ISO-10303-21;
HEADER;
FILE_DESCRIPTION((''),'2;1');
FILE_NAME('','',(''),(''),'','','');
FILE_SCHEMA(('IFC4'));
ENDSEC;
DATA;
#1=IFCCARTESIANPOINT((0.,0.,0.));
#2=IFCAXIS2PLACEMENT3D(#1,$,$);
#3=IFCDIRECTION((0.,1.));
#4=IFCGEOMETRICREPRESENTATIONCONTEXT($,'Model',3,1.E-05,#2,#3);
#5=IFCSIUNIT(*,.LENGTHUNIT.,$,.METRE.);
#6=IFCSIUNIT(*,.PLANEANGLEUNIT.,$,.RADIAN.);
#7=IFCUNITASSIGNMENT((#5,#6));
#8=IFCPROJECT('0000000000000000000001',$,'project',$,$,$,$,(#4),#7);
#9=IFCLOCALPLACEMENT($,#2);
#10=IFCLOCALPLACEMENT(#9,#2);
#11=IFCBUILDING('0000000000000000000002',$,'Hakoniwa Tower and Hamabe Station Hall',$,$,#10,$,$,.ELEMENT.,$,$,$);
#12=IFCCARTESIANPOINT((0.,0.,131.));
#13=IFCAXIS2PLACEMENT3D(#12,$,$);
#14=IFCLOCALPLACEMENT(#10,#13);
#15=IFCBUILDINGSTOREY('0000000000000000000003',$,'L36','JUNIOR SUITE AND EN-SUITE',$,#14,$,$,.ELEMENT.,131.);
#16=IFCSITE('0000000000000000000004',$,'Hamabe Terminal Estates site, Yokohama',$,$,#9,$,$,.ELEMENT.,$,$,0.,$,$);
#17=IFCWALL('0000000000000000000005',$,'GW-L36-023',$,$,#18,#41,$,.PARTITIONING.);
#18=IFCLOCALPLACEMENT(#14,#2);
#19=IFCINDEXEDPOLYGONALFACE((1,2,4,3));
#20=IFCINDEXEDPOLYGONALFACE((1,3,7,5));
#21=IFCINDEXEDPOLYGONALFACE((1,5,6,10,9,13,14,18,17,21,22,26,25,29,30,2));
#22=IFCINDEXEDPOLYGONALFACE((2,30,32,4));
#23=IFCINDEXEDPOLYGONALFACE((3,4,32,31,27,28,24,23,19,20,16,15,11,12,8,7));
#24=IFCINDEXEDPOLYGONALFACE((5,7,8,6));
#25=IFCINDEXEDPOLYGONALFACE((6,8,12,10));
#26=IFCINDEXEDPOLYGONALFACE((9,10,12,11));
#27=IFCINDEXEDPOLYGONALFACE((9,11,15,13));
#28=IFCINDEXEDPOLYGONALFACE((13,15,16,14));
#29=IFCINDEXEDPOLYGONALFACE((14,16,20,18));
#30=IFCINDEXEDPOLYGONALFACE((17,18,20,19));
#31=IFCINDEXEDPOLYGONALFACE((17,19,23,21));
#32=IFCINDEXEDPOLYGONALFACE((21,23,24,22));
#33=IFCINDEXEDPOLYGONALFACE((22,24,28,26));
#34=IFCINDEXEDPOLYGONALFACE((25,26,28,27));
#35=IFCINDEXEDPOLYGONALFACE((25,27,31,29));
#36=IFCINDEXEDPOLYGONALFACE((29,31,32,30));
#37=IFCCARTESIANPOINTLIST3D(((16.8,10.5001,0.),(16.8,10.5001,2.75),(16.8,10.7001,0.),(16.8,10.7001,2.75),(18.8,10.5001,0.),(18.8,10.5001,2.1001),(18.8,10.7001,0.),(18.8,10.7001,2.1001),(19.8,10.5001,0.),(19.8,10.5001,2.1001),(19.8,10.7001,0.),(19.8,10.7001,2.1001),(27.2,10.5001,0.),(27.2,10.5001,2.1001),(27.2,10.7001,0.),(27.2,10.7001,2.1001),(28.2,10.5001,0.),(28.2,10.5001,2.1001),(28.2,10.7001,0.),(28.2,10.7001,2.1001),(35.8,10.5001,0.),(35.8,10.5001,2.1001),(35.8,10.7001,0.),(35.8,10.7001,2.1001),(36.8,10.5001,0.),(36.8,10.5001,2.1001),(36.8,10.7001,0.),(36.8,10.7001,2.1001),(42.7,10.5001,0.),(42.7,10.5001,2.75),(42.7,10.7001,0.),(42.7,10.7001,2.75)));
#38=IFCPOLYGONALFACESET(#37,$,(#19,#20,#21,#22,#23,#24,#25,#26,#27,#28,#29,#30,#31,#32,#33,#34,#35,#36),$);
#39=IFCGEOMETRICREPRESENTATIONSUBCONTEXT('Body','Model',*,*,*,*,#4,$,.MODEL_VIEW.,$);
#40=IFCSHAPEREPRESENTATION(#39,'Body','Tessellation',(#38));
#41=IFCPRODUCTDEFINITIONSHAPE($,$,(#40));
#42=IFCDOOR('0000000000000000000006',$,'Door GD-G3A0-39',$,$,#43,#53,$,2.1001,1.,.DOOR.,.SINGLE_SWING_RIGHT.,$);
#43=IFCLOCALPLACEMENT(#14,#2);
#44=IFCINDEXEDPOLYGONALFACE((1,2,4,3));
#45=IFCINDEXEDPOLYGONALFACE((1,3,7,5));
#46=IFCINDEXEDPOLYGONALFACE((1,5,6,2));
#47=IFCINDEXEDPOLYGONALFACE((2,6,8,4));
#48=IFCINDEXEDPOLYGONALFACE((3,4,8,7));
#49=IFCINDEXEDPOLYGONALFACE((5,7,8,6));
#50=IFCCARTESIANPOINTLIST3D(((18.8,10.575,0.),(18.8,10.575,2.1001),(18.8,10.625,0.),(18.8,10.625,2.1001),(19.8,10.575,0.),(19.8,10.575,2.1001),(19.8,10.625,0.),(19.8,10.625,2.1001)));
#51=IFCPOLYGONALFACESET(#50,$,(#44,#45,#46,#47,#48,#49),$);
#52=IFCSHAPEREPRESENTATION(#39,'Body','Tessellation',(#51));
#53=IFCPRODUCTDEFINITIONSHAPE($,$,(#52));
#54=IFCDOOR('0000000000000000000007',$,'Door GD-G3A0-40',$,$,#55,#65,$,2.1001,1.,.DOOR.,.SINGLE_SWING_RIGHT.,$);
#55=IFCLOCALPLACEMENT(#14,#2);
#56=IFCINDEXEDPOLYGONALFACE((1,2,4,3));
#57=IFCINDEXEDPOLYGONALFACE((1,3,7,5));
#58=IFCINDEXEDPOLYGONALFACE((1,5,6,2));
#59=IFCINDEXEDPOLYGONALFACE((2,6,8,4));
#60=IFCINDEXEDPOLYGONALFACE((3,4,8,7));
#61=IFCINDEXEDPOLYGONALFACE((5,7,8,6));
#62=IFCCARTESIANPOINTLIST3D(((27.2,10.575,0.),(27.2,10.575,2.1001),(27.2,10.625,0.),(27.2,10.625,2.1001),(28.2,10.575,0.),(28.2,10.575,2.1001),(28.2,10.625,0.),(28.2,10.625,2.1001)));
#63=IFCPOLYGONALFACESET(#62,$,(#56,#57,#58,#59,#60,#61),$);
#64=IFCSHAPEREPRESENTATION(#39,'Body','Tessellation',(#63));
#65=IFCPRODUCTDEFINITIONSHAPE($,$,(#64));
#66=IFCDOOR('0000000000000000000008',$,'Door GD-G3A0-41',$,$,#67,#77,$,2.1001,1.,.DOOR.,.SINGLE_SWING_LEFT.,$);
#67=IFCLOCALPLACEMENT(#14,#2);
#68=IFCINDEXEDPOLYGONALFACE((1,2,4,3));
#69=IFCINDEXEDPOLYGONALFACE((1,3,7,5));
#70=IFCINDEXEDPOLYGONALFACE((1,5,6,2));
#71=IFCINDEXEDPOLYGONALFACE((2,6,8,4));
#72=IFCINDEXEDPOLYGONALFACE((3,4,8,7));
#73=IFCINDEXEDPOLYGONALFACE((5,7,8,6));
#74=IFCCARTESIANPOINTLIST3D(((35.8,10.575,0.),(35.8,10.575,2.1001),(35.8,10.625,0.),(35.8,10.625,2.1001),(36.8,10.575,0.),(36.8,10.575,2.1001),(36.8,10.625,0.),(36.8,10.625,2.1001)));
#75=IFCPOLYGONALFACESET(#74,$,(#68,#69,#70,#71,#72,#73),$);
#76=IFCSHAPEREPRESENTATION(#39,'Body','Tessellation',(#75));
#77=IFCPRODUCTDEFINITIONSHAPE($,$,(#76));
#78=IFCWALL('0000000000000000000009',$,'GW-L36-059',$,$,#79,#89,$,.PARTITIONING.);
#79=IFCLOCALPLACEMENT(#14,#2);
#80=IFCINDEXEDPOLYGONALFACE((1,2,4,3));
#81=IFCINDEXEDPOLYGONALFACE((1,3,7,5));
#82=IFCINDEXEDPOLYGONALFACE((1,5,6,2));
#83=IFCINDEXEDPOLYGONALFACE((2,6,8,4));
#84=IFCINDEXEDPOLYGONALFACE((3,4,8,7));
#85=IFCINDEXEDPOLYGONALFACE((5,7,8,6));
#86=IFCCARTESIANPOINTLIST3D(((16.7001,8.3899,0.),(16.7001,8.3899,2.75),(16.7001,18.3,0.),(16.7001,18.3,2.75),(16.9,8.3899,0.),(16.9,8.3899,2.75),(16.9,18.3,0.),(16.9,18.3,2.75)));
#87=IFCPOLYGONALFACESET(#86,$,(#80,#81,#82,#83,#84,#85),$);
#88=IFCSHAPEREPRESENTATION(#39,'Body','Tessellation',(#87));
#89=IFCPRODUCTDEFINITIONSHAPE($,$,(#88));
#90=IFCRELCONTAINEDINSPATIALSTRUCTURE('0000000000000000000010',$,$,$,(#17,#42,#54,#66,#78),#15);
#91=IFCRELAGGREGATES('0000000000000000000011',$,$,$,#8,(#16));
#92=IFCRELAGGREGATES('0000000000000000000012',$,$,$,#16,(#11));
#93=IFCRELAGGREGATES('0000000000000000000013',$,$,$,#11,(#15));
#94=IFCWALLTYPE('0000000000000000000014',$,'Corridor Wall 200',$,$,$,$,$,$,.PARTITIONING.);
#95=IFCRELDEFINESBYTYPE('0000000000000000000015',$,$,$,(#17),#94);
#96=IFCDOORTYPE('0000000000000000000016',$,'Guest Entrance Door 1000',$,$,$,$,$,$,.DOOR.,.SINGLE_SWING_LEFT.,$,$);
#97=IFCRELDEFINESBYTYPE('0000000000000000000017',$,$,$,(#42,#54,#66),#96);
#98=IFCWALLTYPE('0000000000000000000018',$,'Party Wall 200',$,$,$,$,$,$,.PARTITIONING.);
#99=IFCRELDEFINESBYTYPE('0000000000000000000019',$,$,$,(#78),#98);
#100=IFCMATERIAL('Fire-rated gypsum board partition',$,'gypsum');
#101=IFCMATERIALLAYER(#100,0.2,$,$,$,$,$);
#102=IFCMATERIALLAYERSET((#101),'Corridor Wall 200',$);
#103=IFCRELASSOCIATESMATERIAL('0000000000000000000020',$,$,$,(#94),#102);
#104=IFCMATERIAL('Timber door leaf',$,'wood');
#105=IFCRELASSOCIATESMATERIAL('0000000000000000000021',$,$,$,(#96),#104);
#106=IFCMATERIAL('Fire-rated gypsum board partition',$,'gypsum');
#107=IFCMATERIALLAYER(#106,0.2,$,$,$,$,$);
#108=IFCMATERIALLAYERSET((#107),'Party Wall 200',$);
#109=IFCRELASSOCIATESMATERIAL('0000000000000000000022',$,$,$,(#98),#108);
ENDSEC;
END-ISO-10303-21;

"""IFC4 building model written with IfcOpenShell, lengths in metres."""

from ifc_helpers import new_model, si_unit, direction, frame, frame_2d, origin, place, context, subcontext, project, spatial, rectangle, extrude, material, layer, layer_set, type_object, element, fill, save


model = new_model("IFC4")

# Units and contexts
model_context = context("Model", 3, precision=1e-05, world=origin(), true_north=direction((0.0, 1.0)))
body_context = subcontext(model_context, "Body", "Model", "MODEL_VIEW")
ifc_project = project(units=[si_unit("LENGTHUNIT", "METRE"), si_unit("PLANEANGLEUNIT", "RADIAN")], contexts=[model_context])

# Site, building, storey
site_placement = place(None, origin())
site = spatial("IfcSite", under=ifc_project, at=site_placement, Name="Hamabe Terminal Estates site, Yokohama", CompositionType="ELEMENT", RefElevation=0.0)
building_placement = place(site_placement, origin())
building = spatial("IfcBuilding", under=site, at=building_placement, Name="Hakoniwa Tower and Hamabe Station Hall", CompositionType="ELEMENT")
storey_placement = place(building_placement, frame((0.0, 0.0, 131.0)))
storey = spatial("IfcBuildingStorey", under=building, at=storey_placement, Name="L36", Description="JUNIOR SUITE AND EN-SUITE", CompositionType="ELEMENT", Elevation=131.0)

# Wall, openings, doors
ifc_material_1 = material(Name="Fire-rated gypsum board partition", Category="gypsum")
ifc_layer_1 = layer(ifc_material_1, 0.2)
ifc_layer_set_1 = layer_set([ifc_layer_1], Name="Corridor Wall 200")
wall_type_1 = type_object("IfcWallType", Name="Corridor Wall 200", PredefinedType="PARTITIONING", material=ifc_layer_set_1)
wall_1_placement = place(storey_placement, frame((16.8, 10.6001, 0.0), z_axis=(0.0, 0.0, 1.0), x_axis=(1.0, 0.0, 0.0)))
wall_1 = element("IfcWall", 1, at=wall_1_placement, inside=storey, type_object=wall_type_1, Name="GW-L36-023", PredefinedType="PARTITIONING", context=body_context, shape_type="SweptSolid", body=[
    extrude(rectangle(XDim=25.8999, YDim=0.2, at=frame_2d((12.95, 0.0))), origin(), (0.0, 0.0, 1.0), 2.75),
])
opening_1_placement = place(wall_1_placement, frame((2.0, 0.0, 0.0)))
opening_1 = element("IfcOpeningElement", 2, at=opening_1_placement, cuts=wall_1, PredefinedType="OPENING", context=body_context, shape_type="SweptSolid", body=[
    extrude(rectangle(XDim=1.0, YDim=2.1001, at=frame_2d((0.5, 1.05))), frame((0.0, 0.1099, 0.0), z_axis=(0.0, -1.0, 0.0), x_axis=(1.0, 0.0, 0.0)), (0.0, 0.0, 1.0), 0.22),
])
opening_2_placement = place(wall_1_placement, frame((10.3999, 0.0, 0.0)))
opening_2 = element("IfcOpeningElement", 3, at=opening_2_placement, cuts=wall_1, PredefinedType="OPENING", context=body_context, shape_type="SweptSolid", body=[
    extrude(rectangle(XDim=1.0, YDim=2.1001, at=frame_2d((0.5, 1.05))), frame((0.0, 0.1099, 0.0), z_axis=(0.0, -1.0, 0.0), x_axis=(1.0, 0.0, 0.0)), (0.0, 0.0, 1.0), 0.22),
])
opening_3_placement = place(wall_1_placement, frame((19.0, 0.0, 0.0)))
opening_3 = element("IfcOpeningElement", 4, at=opening_3_placement, cuts=wall_1, PredefinedType="OPENING", context=body_context, shape_type="SweptSolid", body=[
    extrude(rectangle(XDim=1.0, YDim=2.1001, at=frame_2d((0.5, 1.05))), frame((0.0, 0.1099, 0.0), z_axis=(0.0, -1.0, 0.0), x_axis=(1.0, 0.0, 0.0)), (0.0, 0.0, 1.0), 0.22),
])
ifc_material_2 = material(Name="Timber door leaf", Category="wood")
door_type_1 = type_object("IfcDoorType", Name="Guest Entrance Door 1000", OperationType="SINGLE_SWING_LEFT", PredefinedType="DOOR", material=ifc_material_2)
door_1_placement = place(opening_1_placement, origin())
door_1 = element("IfcDoor", 5, at=door_1_placement, inside=storey, type_object=door_type_1, Name="Door GD-G3A0-39", OperationType="SINGLE_SWING_RIGHT", OverallHeight=2.1001, OverallWidth=1.0, PredefinedType="DOOR", context=body_context, shape_type="SweptSolid", body=[
    extrude(rectangle(XDim=1.0, YDim=2.1001, at=frame_2d((0.5, 1.05))), frame((0.0, 0.0249, 0.0), z_axis=(0.0, -1.0, 0.0), x_axis=(1.0, 0.0, 0.0)), (0.0, 0.0, 1.0), 0.05),
])
fill(opening_1, door_1)
door_2_placement = place(opening_2_placement, origin())
door_2 = element("IfcDoor", 6, at=door_2_placement, inside=storey, type_object=door_type_1, Name="Door GD-G3A0-40", OperationType="SINGLE_SWING_RIGHT", OverallHeight=2.1001, OverallWidth=1.0, PredefinedType="DOOR", context=body_context, shape_type="SweptSolid", body=[
    extrude(rectangle(XDim=1.0, YDim=2.1001, at=frame_2d((0.5, 1.05))), frame((0.0, 0.0249, 0.0), z_axis=(0.0, -1.0, 0.0), x_axis=(1.0, 0.0, 0.0)), (0.0, 0.0, 1.0), 0.05),
])
fill(opening_2, door_2)
door_3_placement = place(opening_3_placement, origin())
door_3 = element("IfcDoor", 7, at=door_3_placement, inside=storey, type_object=door_type_1, Name="Door GD-G3A0-41", OperationType="SINGLE_SWING_LEFT", OverallHeight=2.1001, OverallWidth=1.0, PredefinedType="DOOR", context=body_context, shape_type="SweptSolid", body=[
    extrude(rectangle(XDim=1.0, YDim=2.1001, at=frame_2d((0.5, 1.05))), frame((0.0, 0.0249, 0.0), z_axis=(0.0, -1.0, 0.0), x_axis=(1.0, 0.0, 0.0)), (0.0, 0.0, 1.0), 0.05),
])
fill(opening_3, door_3)

# Wall
ifc_material_3 = material(Name="Fire-rated gypsum board partition", Category="gypsum")
ifc_layer_2 = layer(ifc_material_3, 0.2)
ifc_layer_set_2 = layer_set([ifc_layer_2], Name="Party Wall 200")
wall_type_2 = type_object("IfcWallType", Name="Party Wall 200", PredefinedType="PARTITIONING", material=ifc_layer_set_2)
wall_2_placement = place(storey_placement, frame((16.8, 8.3899, 0.0), z_axis=(0.0, 0.0, 1.0), x_axis=(0.0, 1.0, 0.0)))
element("IfcWall", 8, at=wall_2_placement, inside=storey, type_object=wall_type_2, Name="GW-L36-059", PredefinedType="PARTITIONING", context=body_context, shape_type="SweptSolid", body=[
    extrude(rectangle(XDim=9.9102, YDim=0.2, at=frame_2d((4.9551, 0.0))), origin(), (0.0, 0.0, 1.0), 2.75),
])

save(model, "model.ifc")
